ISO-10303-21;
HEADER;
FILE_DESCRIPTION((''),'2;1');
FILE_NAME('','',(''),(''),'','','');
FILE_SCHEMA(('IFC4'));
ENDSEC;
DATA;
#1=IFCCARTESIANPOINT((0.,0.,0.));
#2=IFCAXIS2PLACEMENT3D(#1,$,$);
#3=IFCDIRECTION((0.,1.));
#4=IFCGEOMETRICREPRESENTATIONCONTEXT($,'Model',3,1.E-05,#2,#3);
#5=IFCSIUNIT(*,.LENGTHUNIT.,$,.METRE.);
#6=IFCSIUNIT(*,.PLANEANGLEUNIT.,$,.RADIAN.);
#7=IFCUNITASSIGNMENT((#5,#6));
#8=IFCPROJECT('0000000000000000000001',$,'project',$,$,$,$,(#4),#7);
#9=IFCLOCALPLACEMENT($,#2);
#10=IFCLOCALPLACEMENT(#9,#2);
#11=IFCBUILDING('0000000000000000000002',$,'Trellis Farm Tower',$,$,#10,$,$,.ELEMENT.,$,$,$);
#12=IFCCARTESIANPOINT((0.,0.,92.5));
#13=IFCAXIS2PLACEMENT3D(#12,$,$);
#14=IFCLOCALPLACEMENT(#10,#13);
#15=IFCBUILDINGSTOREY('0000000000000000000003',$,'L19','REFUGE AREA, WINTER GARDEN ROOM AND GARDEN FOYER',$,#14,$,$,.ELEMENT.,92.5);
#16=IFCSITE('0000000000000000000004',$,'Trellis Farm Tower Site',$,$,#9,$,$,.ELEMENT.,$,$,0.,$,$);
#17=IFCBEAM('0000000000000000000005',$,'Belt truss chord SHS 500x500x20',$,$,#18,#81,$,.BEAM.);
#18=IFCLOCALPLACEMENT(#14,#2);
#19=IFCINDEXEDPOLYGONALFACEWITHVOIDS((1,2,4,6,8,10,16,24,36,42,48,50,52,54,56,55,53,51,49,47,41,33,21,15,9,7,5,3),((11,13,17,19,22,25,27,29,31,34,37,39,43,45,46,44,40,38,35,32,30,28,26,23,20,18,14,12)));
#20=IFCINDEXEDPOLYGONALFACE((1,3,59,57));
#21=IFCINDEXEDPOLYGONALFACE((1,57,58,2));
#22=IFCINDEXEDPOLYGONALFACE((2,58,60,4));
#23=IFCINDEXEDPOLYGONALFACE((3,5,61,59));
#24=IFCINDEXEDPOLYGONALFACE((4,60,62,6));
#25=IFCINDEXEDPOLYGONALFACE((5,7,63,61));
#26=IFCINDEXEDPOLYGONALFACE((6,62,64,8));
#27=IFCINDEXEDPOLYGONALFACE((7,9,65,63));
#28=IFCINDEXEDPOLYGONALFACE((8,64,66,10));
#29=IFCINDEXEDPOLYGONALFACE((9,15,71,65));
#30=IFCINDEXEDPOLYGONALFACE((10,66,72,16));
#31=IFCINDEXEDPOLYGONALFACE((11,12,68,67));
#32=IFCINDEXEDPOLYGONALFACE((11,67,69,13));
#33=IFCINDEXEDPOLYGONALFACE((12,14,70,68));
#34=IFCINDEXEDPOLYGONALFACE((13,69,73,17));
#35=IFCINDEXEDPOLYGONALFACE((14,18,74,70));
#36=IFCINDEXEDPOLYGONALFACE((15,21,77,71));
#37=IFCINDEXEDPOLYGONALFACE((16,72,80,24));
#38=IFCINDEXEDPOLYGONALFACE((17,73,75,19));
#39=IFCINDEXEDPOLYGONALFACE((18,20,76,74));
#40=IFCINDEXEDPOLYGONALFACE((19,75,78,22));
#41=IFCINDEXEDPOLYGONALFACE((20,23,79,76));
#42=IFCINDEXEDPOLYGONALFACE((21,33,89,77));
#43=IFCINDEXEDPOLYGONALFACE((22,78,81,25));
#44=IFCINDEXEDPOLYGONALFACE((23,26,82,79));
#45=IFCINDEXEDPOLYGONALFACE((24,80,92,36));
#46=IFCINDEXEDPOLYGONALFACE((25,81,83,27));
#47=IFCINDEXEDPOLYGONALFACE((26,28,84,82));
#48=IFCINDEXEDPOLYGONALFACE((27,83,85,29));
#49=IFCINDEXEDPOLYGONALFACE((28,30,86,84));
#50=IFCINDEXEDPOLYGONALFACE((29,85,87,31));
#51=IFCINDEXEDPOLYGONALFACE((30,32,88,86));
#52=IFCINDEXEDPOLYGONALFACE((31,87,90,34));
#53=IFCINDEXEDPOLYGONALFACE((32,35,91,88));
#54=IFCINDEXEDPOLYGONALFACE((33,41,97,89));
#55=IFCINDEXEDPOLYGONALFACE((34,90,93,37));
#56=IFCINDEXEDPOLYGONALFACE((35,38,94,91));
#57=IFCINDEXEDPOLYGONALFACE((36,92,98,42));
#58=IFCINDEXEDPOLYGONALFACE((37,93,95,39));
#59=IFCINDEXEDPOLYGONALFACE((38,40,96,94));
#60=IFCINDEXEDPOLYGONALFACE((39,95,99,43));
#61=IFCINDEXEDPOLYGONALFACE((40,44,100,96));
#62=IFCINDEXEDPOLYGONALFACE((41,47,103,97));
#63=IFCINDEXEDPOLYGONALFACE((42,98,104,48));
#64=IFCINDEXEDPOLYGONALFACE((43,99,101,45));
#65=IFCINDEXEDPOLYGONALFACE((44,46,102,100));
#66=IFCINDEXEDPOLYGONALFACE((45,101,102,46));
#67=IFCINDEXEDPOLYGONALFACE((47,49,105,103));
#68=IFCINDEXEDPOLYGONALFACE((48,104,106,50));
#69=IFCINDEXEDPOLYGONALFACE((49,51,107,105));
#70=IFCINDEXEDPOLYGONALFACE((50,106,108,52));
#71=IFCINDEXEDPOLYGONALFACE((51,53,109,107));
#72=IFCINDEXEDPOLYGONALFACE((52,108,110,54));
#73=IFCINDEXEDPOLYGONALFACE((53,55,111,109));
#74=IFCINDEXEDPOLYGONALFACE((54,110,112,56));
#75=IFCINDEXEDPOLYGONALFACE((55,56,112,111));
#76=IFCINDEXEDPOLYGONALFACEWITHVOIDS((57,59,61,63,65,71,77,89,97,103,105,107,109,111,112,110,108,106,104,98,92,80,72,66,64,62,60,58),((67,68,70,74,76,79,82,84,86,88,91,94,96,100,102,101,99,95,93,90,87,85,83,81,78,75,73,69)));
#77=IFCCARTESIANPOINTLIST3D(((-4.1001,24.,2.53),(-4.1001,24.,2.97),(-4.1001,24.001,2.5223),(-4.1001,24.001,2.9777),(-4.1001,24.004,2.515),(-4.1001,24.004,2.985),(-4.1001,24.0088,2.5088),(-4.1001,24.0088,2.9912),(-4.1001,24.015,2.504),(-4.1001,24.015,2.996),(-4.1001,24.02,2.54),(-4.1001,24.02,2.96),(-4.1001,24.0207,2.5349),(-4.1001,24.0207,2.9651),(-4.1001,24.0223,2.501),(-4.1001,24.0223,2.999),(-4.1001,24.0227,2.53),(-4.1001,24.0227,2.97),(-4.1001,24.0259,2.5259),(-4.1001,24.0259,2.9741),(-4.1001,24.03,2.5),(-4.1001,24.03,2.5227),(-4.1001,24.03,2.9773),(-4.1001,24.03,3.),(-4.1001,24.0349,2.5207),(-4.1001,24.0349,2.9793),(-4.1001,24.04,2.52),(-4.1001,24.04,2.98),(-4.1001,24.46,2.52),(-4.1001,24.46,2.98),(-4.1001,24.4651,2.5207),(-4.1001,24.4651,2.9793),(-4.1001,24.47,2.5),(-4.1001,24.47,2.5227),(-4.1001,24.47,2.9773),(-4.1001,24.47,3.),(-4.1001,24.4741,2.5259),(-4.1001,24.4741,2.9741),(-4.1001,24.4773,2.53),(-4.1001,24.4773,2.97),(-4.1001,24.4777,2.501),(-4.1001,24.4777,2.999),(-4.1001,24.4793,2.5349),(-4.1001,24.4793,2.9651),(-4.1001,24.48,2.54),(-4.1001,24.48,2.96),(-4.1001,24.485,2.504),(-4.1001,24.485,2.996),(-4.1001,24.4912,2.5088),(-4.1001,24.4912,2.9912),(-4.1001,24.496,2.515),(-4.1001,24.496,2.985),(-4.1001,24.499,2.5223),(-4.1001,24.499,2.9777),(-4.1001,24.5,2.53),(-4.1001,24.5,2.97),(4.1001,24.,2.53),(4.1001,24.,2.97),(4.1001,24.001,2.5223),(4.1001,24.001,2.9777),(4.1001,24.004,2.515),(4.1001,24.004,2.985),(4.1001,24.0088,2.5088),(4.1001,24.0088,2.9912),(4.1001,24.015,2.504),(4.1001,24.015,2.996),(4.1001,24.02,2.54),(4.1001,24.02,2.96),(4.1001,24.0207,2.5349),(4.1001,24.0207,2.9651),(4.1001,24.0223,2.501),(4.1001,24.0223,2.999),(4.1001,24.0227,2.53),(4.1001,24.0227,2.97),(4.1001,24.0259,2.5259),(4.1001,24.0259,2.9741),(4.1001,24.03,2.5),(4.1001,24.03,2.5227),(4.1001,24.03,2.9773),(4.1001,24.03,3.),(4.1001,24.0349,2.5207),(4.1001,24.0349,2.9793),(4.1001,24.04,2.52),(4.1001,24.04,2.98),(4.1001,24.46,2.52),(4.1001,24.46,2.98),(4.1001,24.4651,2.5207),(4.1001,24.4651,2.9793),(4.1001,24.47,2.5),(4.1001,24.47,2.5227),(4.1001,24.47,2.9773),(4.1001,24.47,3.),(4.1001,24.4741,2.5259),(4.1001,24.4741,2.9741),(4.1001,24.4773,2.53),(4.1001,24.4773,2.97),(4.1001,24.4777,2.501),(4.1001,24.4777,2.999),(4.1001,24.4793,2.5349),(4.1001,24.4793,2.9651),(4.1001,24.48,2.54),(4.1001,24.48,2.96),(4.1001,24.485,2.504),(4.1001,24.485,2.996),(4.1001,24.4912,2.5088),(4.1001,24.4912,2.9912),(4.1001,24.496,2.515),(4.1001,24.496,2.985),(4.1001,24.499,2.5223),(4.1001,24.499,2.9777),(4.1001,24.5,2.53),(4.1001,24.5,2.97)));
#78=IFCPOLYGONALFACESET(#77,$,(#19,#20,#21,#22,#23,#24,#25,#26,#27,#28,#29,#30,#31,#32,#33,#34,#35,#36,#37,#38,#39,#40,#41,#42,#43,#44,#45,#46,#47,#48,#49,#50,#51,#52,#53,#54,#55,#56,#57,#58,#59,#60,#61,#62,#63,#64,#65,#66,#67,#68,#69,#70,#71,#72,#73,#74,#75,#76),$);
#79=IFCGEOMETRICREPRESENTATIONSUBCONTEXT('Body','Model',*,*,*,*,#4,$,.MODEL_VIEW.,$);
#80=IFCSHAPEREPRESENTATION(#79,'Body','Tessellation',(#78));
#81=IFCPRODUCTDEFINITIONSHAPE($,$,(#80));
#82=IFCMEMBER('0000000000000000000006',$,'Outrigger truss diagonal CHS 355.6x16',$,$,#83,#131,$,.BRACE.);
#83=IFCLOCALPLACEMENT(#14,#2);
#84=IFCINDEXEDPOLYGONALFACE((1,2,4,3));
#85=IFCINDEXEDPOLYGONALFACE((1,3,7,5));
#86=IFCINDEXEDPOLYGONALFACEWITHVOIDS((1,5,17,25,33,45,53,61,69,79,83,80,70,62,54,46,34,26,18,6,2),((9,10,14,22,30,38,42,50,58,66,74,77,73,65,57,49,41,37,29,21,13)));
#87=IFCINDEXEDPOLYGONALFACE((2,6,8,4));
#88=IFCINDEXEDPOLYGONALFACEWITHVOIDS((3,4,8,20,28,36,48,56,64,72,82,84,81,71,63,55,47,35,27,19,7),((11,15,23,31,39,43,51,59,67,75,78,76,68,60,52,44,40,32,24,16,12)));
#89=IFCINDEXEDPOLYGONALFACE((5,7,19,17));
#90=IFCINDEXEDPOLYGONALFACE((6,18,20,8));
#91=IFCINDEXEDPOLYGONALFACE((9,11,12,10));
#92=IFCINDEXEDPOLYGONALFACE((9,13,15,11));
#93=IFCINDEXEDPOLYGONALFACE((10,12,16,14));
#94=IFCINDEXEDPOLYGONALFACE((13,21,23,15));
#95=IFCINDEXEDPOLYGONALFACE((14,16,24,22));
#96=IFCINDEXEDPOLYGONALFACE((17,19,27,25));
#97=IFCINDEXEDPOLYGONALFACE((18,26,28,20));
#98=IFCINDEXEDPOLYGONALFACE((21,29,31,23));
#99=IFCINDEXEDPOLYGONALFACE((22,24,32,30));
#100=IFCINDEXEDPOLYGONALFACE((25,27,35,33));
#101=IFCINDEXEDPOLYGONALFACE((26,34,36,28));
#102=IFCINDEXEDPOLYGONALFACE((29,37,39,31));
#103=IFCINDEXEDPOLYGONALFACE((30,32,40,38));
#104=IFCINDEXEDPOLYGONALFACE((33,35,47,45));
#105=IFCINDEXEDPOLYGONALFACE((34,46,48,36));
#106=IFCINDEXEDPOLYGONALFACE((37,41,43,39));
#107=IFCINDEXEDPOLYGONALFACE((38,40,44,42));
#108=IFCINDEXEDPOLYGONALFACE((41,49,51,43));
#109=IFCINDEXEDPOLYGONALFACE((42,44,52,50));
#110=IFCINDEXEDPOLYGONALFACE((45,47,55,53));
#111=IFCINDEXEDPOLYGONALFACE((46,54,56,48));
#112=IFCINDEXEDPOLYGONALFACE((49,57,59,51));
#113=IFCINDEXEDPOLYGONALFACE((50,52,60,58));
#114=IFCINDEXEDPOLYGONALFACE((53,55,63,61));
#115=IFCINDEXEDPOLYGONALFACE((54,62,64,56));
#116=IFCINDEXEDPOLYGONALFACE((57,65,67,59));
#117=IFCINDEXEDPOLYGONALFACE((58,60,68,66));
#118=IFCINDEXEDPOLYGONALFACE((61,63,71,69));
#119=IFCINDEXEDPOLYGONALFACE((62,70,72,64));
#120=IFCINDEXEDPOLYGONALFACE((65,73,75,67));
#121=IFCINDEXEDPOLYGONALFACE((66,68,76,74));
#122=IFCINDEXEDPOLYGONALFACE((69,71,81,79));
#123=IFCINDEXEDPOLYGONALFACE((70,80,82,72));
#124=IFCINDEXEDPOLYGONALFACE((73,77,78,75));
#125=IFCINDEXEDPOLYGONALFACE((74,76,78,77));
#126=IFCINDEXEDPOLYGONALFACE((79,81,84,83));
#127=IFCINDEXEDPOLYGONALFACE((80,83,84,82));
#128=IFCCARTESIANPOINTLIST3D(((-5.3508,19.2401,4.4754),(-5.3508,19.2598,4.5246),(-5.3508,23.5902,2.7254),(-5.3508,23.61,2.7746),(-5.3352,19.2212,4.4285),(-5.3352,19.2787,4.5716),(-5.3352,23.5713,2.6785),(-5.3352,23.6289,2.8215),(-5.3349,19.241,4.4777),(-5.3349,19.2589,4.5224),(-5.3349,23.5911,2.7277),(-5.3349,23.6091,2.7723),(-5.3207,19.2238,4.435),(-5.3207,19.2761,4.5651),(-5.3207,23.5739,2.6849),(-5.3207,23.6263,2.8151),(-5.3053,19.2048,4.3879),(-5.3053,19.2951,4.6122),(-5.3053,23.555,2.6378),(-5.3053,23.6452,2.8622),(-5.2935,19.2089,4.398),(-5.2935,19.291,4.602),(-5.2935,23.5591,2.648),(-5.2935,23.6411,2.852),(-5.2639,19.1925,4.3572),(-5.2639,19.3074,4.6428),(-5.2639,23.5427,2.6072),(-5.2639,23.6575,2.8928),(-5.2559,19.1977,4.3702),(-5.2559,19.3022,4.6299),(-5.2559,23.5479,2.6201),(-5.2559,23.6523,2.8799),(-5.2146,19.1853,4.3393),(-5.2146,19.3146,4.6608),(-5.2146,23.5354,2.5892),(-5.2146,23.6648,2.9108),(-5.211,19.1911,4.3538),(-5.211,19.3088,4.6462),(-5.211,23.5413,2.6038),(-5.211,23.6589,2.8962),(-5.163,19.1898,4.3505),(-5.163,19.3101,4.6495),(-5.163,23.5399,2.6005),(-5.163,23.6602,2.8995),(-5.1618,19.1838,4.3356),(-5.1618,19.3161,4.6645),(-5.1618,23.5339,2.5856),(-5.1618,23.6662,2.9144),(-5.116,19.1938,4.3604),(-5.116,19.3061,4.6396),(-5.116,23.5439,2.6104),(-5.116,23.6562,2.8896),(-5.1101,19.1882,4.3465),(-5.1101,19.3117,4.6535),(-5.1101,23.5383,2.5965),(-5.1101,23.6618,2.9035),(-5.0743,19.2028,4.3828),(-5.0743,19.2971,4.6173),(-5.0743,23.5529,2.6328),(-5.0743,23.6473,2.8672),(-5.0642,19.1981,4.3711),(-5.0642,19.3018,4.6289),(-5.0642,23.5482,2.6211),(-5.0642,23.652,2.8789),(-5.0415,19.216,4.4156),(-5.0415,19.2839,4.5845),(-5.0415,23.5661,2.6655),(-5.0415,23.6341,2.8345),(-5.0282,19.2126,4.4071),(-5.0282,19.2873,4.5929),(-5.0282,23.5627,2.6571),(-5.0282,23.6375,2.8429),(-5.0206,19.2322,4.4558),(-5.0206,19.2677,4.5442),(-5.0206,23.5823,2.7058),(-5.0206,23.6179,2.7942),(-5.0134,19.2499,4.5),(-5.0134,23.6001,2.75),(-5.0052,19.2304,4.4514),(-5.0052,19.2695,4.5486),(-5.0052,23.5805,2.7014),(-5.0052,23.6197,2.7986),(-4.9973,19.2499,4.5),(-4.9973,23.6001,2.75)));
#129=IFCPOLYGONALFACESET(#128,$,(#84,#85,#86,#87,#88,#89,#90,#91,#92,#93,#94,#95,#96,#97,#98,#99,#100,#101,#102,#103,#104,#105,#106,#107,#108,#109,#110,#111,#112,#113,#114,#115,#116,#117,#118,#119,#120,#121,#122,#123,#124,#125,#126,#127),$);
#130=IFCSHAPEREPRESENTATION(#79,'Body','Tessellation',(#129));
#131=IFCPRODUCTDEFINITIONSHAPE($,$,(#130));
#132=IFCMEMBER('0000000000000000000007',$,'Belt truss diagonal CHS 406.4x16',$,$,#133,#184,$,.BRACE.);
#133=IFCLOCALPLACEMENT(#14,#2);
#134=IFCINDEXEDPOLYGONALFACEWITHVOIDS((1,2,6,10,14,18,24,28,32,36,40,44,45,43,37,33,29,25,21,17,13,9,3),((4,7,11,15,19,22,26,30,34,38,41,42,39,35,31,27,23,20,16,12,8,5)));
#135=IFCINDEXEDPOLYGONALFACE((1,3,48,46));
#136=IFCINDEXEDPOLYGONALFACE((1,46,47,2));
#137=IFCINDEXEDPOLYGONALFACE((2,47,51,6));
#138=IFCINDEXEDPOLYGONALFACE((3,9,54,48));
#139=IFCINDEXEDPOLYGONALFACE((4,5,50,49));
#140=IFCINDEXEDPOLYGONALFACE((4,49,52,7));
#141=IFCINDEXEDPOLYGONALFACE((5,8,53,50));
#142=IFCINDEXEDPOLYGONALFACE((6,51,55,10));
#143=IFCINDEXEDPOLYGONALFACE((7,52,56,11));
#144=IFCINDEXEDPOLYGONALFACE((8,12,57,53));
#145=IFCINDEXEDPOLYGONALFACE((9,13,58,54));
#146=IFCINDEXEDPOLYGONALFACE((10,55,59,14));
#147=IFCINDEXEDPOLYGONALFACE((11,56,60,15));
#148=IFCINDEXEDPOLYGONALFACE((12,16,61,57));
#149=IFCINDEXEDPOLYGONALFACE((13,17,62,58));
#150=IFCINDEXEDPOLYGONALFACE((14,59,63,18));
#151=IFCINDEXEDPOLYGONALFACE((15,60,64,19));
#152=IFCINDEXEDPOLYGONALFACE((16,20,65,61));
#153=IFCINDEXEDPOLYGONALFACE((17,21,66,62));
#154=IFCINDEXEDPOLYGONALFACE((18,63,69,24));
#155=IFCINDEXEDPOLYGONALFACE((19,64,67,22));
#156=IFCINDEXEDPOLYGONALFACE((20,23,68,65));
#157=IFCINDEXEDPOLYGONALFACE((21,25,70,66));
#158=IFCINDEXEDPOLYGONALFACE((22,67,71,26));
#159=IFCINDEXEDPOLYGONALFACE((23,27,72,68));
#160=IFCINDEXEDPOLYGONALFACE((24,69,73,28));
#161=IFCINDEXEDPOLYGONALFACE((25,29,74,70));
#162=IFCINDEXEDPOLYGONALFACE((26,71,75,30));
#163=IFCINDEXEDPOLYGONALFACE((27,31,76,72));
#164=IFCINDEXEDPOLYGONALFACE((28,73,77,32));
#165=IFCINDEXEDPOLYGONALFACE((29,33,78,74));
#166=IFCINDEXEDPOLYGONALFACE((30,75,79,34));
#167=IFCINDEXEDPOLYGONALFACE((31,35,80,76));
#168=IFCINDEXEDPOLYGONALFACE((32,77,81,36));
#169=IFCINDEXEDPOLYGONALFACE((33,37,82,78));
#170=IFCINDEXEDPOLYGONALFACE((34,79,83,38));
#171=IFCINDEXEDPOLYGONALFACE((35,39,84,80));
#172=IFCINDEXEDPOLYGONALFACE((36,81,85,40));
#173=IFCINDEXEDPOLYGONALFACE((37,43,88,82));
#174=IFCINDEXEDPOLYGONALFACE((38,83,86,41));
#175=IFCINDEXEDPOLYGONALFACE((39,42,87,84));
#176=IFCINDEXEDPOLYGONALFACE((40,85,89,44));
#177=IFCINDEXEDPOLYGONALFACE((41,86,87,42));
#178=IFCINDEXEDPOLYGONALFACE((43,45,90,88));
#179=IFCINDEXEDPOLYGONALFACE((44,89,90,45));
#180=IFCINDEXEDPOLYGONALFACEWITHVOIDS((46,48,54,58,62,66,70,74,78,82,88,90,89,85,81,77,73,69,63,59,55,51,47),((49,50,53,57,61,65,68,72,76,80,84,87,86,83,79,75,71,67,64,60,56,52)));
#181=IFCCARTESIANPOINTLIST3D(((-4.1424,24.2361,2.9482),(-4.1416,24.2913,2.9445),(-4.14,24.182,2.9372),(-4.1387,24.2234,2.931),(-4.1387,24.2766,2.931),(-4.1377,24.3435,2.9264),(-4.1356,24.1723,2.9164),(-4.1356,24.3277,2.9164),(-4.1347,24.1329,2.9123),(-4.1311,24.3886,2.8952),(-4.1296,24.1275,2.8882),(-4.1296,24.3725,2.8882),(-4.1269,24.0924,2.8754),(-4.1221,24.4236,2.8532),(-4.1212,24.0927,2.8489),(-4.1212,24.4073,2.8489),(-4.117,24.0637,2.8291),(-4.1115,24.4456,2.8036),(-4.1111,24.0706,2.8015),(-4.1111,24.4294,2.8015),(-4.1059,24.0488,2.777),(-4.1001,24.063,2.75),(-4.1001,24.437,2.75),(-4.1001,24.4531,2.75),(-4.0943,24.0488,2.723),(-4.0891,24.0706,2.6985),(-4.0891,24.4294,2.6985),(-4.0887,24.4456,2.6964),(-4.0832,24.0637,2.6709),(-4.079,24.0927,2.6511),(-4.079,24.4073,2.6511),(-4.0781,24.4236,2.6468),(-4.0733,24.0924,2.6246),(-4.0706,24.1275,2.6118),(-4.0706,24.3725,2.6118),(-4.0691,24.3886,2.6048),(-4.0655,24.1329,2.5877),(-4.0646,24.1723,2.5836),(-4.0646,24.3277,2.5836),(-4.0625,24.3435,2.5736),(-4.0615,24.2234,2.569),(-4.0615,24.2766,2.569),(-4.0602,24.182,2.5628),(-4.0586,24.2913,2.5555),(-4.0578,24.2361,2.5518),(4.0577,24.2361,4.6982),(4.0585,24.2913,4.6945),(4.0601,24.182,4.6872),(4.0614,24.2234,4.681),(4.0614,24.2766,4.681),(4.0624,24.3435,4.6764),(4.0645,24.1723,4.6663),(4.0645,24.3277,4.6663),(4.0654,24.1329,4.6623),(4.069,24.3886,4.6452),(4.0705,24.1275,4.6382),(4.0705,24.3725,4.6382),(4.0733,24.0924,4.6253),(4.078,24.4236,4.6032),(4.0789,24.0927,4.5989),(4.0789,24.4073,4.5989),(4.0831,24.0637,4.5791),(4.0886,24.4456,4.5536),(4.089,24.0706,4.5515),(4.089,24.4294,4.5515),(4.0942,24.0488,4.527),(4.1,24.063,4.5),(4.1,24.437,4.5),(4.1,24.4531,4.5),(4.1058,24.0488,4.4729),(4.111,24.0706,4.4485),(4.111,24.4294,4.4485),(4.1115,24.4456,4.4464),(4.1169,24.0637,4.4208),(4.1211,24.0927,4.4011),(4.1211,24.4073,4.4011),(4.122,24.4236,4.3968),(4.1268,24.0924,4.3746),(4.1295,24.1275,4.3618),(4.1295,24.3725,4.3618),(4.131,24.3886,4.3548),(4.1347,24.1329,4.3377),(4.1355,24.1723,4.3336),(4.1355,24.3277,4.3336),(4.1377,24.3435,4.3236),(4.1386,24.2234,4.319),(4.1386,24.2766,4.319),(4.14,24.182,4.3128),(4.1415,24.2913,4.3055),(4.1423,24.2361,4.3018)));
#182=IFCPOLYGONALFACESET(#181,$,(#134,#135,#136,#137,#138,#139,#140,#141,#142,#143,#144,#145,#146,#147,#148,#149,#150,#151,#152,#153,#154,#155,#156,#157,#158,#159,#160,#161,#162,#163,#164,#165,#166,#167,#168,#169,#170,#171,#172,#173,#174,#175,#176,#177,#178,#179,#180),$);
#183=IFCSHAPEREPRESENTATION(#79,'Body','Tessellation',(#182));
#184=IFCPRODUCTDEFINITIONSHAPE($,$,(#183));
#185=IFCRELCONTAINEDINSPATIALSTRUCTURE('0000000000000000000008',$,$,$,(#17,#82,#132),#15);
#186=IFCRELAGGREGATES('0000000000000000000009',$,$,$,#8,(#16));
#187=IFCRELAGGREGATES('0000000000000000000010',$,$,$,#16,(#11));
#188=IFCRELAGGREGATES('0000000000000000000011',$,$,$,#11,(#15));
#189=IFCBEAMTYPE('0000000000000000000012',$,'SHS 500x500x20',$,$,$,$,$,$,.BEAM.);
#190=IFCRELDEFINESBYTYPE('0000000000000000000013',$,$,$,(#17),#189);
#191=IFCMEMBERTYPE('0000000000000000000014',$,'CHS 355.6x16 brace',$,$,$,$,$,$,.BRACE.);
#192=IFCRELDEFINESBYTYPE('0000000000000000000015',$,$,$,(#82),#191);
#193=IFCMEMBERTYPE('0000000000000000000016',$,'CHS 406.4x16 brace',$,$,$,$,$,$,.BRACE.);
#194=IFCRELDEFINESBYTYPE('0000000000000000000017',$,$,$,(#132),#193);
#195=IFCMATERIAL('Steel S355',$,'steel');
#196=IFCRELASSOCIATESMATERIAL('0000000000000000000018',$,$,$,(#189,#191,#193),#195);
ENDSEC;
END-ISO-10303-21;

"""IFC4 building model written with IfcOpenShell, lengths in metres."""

from ifc_helpers import new_model, si_unit, direction, frame, origin, origin_2d, place, context, subcontext, project, spatial, hollow_rectangle, hollow_circle, extrude, source, transform, mapped, material, material_profile, profile_set, type_object, element, save


model = new_model("IFC4")

# Units and contexts
model_context = context("Model", 3, precision=1e-05, world=origin(), true_north=direction((0.0, 1.0)))
body_context = subcontext(model_context, "Body", "Model", "MODEL_VIEW")
ifc_project = project(units=[si_unit("LENGTHUNIT", "METRE"), si_unit("PLANEANGLEUNIT", "RADIAN")], contexts=[model_context])

# Site, building, storey
site_placement = place(None, origin())
site = spatial("IfcSite", under=ifc_project, at=site_placement, Name="Trellis Farm Tower Site", CompositionType="ELEMENT", RefElevation=0.0)
building_placement = place(site_placement, origin())
building = spatial("IfcBuilding", under=site, at=building_placement, Name="Trellis Farm Tower", CompositionType="ELEMENT")
storey_placement = place(building_placement, frame((0.0, 0.0, 92.5)))
storey = spatial("IfcBuildingStorey", under=building, at=storey_placement, Name="L19", Description="REFUGE AREA, WINTER GARDEN ROOM AND GARDEN FOYER", CompositionType="ELEMENT", Elevation=92.5)

# Beam
ifc_material_1 = material(Name="Steel S355", Category="steel")
ifc_material_profile_1 = material_profile(ifc_material_1, hollow_rectangle(XDim=0.5, YDim=0.5, WallThickness=0.02, InnerFilletRadius=0.02, OuterFilletRadius=0.03, at=origin_2d()), Name="SHS 500x500x20")
ifc_profile_set_1 = profile_set([ifc_material_profile_1], Name="Steel S355")
beam_type_1 = type_object("IfcBeamType", Name="SHS 500x500x20", PredefinedType="BEAM", material=ifc_profile_set_1)
shared_shape_1 = source(origin(), body_context, "Body", "SweptSolid", [
    extrude(hollow_rectangle(XDim=0.5, YDim=0.5, WallThickness=0.02, InnerFilletRadius=0.02, OuterFilletRadius=0.03, at=origin_2d()), origin(), (0.0, 0.0, 1.0), 8.2002),
])
beam_1_placement = place(storey_placement, frame((-4.1001, 24.25, 2.75), z_axis=(1.0, 0.0, 0.0), x_axis=(0.0, 1.0, 0.0)))
element("IfcBeam", 1, at=beam_1_placement, inside=storey, type_object=beam_type_1, Name="Belt truss chord SHS 500x500x20", PredefinedType="BEAM", context=body_context, shape_type="MappedRepresentation", body=[
    mapped(shared_shape_1, transform((0.0, 0.0, 0.0))),
])

# Members
ifc_material_profile_2 = material_profile(ifc_material_1, hollow_circle(Radius=0.1777, WallThickness=0.0161, at=origin_2d()), Name="CHS 355.6x16")
ifc_profile_set_2 = profile_set([ifc_material_profile_2], Name="Steel S355")
member_type_1 = type_object("IfcMemberType", Name="CHS 355.6x16 brace", PredefinedType="BRACE", material=ifc_profile_set_2)
shared_shape_2 = source(origin(), body_context, "Body", "SweptSolid", [
    extrude(hollow_circle(Radius=0.1777, WallThickness=0.0161, at=origin_2d()), origin(), (0.0, 0.0, 1.0), 4.689),
])
member_1_placement = place(storey_placement, frame((-5.175, 23.6001, 2.75), z_axis=(0.0, -0.927742, 0.373221), x_axis=(1.0, 0.0, 0.0)))
element("IfcMember", 2, at=member_1_placement, inside=storey, type_object=member_type_1, Name="Outrigger truss diagonal CHS 355.6x16", PredefinedType="BRACE", context=body_context, shape_type="MappedRepresentation", body=[
    mapped(shared_shape_2, transform((0.0, 0.0, 0.0))),
])
ifc_material_profile_3 = material_profile(ifc_material_1, hollow_circle(Radius=0.2031, WallThickness=0.0161, at=origin_2d()), Name="CHS 406.4x16")
ifc_profile_set_3 = profile_set([ifc_material_profile_3], Name="Steel S355")
member_type_2 = type_object("IfcMemberType", Name="CHS 406.4x16 brace", PredefinedType="BRACE", material=ifc_profile_set_3)
shared_shape_3 = source(origin(), body_context, "Body", "SweptSolid", [
    extrude(hollow_circle(Radius=0.2031, WallThickness=0.0161, at=origin_2d()), origin(), (0.0, 0.0, 1.0), 8.3848),
])
member_2_placement = place(storey_placement, frame((-4.1001, 24.25, 2.75), z_axis=(0.977978, 0.0, 0.20871), x_axis=(0.0, 1.0, 0.0)))
element("IfcMember", 3, at=member_2_placement, inside=storey, type_object=member_type_2, Name="Belt truss diagonal CHS 406.4x16", PredefinedType="BRACE", context=body_context, shape_type="MappedRepresentation", body=[
    mapped(shared_shape_3, transform((0.0, 0.0, 0.0))),
])

save(model, "model.ifc")
